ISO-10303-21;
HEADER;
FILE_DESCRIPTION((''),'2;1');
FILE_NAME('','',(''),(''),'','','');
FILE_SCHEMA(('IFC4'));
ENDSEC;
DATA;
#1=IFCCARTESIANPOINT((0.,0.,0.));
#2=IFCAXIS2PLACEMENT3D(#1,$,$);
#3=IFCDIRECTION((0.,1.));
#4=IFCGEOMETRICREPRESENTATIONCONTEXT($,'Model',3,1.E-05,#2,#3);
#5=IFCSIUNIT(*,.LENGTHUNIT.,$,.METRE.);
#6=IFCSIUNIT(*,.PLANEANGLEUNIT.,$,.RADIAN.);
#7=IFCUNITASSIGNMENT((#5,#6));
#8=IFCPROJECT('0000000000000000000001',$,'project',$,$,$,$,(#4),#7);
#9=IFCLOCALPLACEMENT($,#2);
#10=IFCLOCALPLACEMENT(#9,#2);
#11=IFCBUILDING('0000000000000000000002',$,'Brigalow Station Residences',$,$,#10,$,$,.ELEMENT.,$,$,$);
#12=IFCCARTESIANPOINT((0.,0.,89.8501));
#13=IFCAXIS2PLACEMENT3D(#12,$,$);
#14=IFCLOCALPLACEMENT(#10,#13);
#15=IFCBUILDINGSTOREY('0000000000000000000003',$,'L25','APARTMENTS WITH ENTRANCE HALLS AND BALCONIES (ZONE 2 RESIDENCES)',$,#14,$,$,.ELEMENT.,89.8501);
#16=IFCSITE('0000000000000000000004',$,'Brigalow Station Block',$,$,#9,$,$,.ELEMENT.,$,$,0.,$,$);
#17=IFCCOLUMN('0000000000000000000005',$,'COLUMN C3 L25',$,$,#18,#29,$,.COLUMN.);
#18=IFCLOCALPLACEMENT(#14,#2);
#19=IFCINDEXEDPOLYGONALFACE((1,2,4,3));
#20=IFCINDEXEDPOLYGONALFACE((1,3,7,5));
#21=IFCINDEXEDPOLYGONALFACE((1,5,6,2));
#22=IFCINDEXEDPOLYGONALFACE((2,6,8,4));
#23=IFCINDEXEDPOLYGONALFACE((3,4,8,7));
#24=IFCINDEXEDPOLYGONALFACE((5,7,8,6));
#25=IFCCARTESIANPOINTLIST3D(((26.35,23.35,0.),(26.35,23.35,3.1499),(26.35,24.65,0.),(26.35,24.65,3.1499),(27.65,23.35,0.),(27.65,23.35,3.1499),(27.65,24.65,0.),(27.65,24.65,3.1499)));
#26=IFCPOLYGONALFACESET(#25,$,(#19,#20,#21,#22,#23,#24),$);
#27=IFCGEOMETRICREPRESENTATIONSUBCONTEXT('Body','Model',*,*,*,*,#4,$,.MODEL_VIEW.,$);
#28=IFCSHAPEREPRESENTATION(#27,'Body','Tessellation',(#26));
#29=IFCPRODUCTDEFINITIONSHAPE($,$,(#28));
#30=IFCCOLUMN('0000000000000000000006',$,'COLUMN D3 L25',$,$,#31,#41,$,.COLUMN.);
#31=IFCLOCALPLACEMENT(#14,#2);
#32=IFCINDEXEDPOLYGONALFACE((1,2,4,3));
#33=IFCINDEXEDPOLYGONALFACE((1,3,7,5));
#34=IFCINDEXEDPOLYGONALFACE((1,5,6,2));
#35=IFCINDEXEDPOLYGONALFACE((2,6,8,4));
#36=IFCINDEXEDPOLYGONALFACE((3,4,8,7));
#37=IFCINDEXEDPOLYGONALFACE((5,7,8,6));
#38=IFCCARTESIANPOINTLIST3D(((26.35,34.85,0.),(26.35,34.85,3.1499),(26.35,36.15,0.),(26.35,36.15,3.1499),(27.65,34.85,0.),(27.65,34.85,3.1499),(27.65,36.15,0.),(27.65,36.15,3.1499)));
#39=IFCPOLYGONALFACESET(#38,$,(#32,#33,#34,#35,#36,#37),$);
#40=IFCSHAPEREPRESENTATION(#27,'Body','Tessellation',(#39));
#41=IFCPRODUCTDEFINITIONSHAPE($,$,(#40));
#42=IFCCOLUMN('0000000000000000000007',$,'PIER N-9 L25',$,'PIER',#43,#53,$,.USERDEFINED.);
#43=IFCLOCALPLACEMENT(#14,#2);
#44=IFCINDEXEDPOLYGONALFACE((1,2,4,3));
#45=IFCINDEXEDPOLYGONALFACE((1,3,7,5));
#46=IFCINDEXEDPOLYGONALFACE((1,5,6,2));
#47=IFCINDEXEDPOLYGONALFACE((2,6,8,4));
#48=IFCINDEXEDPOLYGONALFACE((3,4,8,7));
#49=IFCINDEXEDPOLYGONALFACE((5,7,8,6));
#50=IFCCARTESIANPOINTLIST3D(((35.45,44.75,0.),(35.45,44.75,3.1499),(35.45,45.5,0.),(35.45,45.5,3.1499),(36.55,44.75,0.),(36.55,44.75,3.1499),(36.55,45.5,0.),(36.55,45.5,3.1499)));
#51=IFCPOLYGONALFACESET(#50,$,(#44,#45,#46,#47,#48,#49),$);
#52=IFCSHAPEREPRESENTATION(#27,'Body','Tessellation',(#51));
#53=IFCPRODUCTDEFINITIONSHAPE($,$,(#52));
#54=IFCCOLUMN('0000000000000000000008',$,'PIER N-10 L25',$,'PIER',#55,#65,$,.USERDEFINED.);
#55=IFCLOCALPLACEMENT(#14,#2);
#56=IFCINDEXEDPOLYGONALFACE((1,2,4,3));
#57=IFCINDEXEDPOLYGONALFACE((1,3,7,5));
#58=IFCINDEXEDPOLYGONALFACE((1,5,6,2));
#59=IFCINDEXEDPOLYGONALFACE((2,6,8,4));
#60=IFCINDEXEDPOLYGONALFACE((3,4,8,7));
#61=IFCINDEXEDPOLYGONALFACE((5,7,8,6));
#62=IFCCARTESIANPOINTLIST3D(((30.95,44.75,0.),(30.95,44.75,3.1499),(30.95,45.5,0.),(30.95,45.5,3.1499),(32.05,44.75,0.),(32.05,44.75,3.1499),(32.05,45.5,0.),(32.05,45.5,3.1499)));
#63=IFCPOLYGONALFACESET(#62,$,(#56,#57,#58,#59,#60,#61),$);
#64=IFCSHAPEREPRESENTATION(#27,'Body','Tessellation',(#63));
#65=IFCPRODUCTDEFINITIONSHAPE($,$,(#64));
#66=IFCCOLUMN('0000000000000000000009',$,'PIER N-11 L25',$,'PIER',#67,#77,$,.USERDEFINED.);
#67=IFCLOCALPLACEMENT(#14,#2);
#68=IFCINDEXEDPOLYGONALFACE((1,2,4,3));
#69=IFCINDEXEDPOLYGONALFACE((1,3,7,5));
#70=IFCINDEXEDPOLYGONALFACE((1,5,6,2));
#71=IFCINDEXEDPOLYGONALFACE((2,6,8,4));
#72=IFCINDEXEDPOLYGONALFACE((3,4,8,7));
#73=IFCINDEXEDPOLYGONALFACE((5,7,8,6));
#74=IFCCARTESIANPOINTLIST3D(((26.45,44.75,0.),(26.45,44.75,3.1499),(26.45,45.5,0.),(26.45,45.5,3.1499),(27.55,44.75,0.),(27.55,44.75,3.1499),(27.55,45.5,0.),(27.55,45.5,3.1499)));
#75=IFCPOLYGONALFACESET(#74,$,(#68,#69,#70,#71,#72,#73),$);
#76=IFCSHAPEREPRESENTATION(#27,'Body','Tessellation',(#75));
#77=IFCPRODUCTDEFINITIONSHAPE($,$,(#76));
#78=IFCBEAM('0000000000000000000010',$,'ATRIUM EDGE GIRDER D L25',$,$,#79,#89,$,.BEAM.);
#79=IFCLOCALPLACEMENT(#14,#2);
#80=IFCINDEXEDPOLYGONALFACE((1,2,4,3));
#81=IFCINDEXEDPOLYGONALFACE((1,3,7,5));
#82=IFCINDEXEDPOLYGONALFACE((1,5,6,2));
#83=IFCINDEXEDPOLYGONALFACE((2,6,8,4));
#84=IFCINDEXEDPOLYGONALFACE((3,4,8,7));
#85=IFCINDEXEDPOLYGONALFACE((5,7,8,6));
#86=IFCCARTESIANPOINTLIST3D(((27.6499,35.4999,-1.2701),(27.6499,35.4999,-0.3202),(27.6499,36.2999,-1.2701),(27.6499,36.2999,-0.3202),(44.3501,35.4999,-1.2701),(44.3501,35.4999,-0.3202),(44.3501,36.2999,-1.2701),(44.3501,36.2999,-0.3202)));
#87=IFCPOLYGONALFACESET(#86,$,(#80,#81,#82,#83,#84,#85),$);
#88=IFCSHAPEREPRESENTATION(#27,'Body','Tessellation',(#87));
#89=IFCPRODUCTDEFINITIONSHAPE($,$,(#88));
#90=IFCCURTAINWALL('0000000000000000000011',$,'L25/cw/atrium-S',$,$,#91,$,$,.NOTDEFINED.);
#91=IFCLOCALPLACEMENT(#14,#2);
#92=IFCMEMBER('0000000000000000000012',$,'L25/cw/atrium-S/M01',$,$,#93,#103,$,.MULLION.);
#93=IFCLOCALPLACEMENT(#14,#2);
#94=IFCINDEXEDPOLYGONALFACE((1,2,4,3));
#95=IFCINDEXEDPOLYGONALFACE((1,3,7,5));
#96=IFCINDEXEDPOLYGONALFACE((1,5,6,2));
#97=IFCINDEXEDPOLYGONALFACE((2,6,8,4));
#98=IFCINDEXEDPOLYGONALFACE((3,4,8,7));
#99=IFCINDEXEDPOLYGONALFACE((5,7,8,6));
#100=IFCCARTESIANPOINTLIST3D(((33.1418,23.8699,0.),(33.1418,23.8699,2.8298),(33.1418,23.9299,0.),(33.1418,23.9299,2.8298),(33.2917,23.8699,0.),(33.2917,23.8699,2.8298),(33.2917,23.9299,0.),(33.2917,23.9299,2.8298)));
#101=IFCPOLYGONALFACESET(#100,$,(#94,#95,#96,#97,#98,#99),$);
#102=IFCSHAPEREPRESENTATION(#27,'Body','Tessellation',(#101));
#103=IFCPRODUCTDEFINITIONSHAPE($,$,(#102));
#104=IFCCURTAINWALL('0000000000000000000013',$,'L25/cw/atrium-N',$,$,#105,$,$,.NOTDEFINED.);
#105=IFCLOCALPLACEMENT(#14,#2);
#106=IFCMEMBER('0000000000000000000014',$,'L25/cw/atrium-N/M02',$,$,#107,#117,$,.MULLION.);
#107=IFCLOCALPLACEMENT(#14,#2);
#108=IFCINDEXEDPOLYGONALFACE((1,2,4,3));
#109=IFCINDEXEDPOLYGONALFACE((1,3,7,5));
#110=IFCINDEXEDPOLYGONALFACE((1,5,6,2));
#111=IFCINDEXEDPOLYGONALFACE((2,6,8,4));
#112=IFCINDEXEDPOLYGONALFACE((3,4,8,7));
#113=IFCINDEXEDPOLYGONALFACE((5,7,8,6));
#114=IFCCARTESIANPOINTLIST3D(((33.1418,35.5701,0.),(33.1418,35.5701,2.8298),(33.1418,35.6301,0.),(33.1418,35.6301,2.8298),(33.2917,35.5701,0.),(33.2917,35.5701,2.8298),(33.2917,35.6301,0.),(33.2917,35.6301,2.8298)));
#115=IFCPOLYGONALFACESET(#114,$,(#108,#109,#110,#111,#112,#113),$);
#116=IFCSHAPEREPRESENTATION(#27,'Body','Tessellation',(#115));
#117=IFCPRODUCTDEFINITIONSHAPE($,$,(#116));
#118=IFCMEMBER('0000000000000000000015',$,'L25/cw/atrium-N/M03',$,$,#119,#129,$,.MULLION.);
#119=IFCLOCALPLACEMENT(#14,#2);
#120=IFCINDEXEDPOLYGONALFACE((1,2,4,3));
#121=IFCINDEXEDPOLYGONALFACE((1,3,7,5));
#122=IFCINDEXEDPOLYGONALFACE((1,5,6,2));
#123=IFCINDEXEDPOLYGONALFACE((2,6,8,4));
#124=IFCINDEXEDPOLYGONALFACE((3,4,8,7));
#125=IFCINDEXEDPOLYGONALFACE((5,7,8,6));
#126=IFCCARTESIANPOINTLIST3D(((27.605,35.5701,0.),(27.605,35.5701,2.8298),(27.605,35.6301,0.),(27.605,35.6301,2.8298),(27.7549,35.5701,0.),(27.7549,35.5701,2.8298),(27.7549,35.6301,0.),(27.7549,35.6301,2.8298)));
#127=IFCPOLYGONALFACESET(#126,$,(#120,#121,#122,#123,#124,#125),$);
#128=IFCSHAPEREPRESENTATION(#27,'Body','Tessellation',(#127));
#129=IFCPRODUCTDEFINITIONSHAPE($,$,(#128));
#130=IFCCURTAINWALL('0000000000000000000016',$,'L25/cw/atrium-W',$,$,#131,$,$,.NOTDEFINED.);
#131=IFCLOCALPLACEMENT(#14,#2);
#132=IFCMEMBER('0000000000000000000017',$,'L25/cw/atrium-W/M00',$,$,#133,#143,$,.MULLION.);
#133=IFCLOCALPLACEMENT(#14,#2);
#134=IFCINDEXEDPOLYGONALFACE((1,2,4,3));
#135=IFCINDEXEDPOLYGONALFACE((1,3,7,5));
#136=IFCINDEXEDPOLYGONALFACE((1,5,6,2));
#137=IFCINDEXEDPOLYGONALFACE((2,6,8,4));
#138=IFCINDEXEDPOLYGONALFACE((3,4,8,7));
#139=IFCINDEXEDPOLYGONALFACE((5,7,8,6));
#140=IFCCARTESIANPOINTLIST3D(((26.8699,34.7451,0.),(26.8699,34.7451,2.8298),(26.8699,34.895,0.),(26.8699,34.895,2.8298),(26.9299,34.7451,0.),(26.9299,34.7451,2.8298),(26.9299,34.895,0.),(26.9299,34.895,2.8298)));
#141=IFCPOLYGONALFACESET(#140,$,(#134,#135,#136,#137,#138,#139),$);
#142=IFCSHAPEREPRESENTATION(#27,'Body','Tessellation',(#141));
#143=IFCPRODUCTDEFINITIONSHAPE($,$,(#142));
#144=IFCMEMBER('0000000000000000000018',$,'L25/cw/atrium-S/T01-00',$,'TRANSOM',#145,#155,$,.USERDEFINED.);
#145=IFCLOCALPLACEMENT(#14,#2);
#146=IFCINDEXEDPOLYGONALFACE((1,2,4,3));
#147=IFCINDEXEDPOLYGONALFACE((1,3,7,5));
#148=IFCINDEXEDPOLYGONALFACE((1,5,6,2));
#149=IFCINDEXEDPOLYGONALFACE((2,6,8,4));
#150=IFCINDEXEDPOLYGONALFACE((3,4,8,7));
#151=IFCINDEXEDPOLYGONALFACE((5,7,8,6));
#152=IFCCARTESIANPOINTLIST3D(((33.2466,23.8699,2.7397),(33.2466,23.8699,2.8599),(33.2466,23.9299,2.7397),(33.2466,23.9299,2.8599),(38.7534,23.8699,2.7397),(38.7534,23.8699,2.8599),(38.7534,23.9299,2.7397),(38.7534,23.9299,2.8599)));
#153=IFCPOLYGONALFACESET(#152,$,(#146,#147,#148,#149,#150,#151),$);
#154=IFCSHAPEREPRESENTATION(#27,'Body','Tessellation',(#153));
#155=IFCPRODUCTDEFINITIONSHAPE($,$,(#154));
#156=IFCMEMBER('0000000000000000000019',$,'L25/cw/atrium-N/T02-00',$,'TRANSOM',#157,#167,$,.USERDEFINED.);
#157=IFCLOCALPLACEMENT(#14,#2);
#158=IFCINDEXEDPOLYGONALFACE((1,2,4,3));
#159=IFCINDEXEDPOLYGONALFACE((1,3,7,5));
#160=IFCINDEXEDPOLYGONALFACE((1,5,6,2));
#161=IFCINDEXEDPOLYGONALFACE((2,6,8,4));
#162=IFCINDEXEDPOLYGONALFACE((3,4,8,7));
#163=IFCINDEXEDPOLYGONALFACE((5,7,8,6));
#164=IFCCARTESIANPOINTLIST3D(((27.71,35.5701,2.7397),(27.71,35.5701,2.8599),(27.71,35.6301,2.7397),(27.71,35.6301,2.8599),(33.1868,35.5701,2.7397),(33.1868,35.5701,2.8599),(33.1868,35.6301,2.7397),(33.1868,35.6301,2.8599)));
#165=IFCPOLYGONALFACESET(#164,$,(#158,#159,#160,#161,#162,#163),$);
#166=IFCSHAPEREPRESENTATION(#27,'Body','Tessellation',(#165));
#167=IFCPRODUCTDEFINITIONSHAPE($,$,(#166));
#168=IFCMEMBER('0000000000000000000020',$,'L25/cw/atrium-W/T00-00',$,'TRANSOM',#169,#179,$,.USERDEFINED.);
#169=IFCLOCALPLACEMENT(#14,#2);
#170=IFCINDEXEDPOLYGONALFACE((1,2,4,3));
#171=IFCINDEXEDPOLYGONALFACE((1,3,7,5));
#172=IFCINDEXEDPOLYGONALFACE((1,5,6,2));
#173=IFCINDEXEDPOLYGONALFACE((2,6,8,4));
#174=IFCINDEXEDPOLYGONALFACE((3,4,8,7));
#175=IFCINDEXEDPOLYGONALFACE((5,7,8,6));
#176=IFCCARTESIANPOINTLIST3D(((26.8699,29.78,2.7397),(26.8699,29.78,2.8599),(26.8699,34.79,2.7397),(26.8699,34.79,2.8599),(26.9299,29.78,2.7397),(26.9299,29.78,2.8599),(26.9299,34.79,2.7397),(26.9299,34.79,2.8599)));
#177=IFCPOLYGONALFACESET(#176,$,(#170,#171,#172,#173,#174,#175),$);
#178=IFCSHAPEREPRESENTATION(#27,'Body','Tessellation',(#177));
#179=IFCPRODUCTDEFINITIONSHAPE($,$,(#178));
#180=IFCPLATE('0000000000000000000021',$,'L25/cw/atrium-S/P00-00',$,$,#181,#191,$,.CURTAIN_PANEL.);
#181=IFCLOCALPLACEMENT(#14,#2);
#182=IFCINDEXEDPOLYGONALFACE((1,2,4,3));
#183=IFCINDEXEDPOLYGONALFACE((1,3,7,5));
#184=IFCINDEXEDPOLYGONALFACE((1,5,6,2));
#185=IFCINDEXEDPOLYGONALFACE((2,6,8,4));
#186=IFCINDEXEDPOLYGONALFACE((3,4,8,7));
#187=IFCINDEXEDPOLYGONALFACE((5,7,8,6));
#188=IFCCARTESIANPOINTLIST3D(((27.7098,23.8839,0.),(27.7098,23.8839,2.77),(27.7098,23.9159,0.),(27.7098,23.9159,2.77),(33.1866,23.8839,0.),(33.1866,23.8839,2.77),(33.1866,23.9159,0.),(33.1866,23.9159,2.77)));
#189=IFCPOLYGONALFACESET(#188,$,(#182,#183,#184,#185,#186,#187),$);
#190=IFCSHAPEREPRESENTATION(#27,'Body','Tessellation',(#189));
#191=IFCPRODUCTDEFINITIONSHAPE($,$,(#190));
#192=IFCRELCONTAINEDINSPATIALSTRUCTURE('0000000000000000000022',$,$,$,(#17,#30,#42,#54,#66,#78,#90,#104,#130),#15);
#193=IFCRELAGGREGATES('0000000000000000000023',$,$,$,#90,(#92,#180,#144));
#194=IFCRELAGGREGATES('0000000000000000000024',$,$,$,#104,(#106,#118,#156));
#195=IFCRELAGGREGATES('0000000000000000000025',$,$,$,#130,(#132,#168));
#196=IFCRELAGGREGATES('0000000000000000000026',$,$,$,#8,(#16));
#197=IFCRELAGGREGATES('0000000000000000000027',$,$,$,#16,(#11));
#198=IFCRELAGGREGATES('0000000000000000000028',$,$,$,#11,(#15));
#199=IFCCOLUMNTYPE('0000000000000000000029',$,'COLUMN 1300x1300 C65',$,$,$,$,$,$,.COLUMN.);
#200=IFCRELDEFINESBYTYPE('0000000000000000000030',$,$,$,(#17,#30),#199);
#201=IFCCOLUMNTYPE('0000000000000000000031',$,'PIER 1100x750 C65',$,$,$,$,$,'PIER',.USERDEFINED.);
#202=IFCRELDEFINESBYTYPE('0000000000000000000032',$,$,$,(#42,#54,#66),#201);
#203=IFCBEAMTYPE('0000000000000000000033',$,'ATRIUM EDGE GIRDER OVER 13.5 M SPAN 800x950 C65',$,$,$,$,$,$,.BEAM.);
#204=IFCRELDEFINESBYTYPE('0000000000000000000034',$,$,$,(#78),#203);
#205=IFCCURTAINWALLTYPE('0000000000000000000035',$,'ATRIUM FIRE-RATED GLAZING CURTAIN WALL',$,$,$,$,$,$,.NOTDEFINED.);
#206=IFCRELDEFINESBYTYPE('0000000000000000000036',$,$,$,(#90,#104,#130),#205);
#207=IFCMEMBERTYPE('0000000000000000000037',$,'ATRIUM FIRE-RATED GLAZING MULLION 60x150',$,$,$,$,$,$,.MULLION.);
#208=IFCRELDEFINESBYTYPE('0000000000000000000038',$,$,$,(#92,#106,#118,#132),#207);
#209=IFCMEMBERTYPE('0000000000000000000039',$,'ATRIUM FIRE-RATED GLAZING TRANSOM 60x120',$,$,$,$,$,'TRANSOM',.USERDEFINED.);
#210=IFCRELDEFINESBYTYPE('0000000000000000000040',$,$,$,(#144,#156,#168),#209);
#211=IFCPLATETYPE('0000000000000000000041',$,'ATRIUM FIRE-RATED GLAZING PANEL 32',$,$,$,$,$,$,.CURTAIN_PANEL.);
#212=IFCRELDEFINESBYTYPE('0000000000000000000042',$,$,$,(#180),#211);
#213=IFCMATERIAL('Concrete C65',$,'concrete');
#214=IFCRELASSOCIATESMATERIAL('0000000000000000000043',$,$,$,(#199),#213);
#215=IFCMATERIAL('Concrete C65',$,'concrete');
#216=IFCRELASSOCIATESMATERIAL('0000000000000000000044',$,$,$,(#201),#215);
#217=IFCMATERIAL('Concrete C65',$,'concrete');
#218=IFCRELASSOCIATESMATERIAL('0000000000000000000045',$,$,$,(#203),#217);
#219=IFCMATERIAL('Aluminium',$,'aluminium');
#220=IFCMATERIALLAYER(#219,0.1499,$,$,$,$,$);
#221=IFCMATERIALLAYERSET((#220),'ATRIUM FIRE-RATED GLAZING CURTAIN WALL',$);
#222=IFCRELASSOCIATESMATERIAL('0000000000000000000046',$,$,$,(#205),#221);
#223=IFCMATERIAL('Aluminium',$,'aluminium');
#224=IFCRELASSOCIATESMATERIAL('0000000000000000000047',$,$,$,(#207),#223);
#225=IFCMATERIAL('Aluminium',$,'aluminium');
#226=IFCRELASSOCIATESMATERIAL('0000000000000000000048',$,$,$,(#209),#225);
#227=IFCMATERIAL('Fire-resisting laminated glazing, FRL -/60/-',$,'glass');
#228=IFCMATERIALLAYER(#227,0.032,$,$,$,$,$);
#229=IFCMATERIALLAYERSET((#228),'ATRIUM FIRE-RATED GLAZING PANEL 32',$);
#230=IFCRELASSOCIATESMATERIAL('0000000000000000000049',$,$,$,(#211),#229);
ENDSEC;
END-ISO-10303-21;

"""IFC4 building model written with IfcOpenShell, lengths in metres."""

from ifc_helpers import new_model, si_unit, direction, frame, origin, origin_2d, place, context, subcontext, project, spatial, rectangle, extrude, material, layer, layer_set, material_profile, profile_set, type_object, element, aggregate, save


model = new_model("IFC4")

# Units and contexts
model_context = context("Model", 3, precision=1e-05, world=origin(), true_north=direction((0.0, 1.0)))
body_context = subcontext(model_context, "Body", "Model", "MODEL_VIEW")
ifc_project = project(units=[si_unit("LENGTHUNIT", "METRE"), si_unit("PLANEANGLEUNIT", "RADIAN")], contexts=[model_context])

# Site, building, storey
site_placement = place(None, origin())
site = spatial("IfcSite", under=ifc_project, at=site_placement, Name="Brigalow Station Block", CompositionType="ELEMENT", RefElevation=0.0)
building_placement = place(site_placement, origin())
building = spatial("IfcBuilding", under=site, at=building_placement, Name="Brigalow Station Residences", CompositionType="ELEMENT")
storey_placement = place(building_placement, frame((0.0, 0.0, 89.8501)))
storey = spatial("IfcBuildingStorey", under=building, at=storey_placement, Name="L25", Description="APARTMENTS WITH ENTRANCE HALLS AND BALCONIES (ZONE 2 RESIDENCES)", CompositionType="ELEMENT", Elevation=89.8501)

# Columns
ifc_material_1 = material(Name="Concrete C65", Category="concrete")
ifc_material_profile_1 = material_profile(ifc_material_1, rectangle(XDim=1.3, YDim=1.3, at=origin_2d()), Name="RC1300x1300")
ifc_profile_set_1 = profile_set([ifc_material_profile_1], Name="Concrete C65")
column_type_1 = type_object("IfcColumnType", Name="COLUMN 1300x1300 C65", PredefinedType="COLUMN", material=ifc_profile_set_1)
for number, where, z_axis, x_axis, name in (
    (1, (27.0, 24.0, 0.0), (0.0, 0.0, 1.0), (1.0, 0.0, 0.0), "COLUMN C3 L25"),
    (2, (27.0, 35.5, 0.0), (0.0, 0.0, 1.0), (1.0, 0.0, 0.0), "COLUMN D3 L25"),
):
    element("IfcColumn", number, at=place(storey_placement, frame(where, z_axis=z_axis, x_axis=x_axis)), inside=storey, type_object=column_type_1, Name=name, PredefinedType="COLUMN", context=body_context, shape_type="SweptSolid", body=[
        extrude(rectangle(XDim=1.3, YDim=1.3, at=origin_2d()), origin(), (0.0, 0.0, 1.0), 3.1499),
    ])
ifc_material_2 = material(Name="Concrete C65", Category="concrete")
ifc_material_profile_2 = material_profile(ifc_material_2, rectangle(XDim=1.1001, YDim=0.75, at=origin_2d()), Name="RC1100x750")
ifc_profile_set_2 = profile_set([ifc_material_profile_2], Name="Concrete C65")
column_type_2 = type_object("IfcColumnType", Name="PIER 1100x750 C65", ElementType="PIER", PredefinedType="USERDEFINED", material=ifc_profile_set_2)
for number, where, z_axis, x_axis, name in (
    (3, (36.0, 45.125, 0.0), (0.0, 0.0, 1.0), (-1.0, 0.0, 0.0), "PIER N-9 L25"),
    (4, (31.5, 45.125, 0.0), (0.0, 0.0, 1.0), (-1.0, 0.0, 0.0), "PIER N-10 L25"),
    (5, (27.0, 45.125, 0.0), (0.0, 0.0, 1.0), (-1.0, 0.0, 0.0), "PIER N-11 L25"),
):
    element("IfcColumn", number, at=place(storey_placement, frame(where, z_axis=z_axis, x_axis=x_axis)), inside=storey, type_object=column_type_2, Name=name, ObjectType="PIER", PredefinedType="USERDEFINED", context=body_context, shape_type="SweptSolid", body=[
        extrude(rectangle(XDim=1.1001, YDim=0.75, at=origin_2d()), origin(), (0.0, 0.0, 1.0), 3.1499),
    ])

# Beam
ifc_material_3 = material(Name="Concrete C65", Category="concrete")
ifc_material_profile_3 = material_profile(ifc_material_3, rectangle(XDim=0.8, YDim=0.95, at=origin_2d()), Name="RC800x950")
ifc_profile_set_3 = profile_set([ifc_material_profile_3], Name="Concrete C65")
beam_type = type_object("IfcBeamType", Name="ATRIUM EDGE GIRDER OVER 13.5 M SPAN 800x950 C65", PredefinedType="BEAM", material=ifc_profile_set_3)
beam_placement = place(storey_placement, frame((27.6499, 35.8999, -0.7952), z_axis=(1.0, 0.0, 0.0), x_axis=(0.0, 1.0, 0.0)))
element("IfcBeam", 6, at=beam_placement, inside=storey, type_object=beam_type, Name="ATRIUM EDGE GIRDER D L25", PredefinedType="BEAM", context=body_context, shape_type="SweptSolid", body=[
    extrude(rectangle(XDim=0.8, YDim=0.95, at=origin_2d()), origin(), (0.0, 0.0, 1.0), 16.7002),
])

# Curtain wall, member
ifc_material_4 = material(Name="Aluminium", Category="aluminium")
ifc_layer_1 = layer(ifc_material_4, 0.1499)
ifc_layer_set_1 = layer_set([ifc_layer_1], Name="ATRIUM FIRE-RATED GLAZING CURTAIN WALL")
curtain_wall_type = type_object("IfcCurtainWallType", Name="ATRIUM FIRE-RATED GLAZING CURTAIN WALL", PredefinedType="NOTDEFINED", material=ifc_layer_set_1)
curtain_wall_1_placement = place(storey_placement, origin())
curtain_wall_1 = element("IfcCurtainWall", 7, at=curtain_wall_1_placement, inside=storey, type_object=curtain_wall_type, Name="L25/cw/atrium-S", PredefinedType="NOTDEFINED")
ifc_material_5 = material(Name="Aluminium", Category="aluminium")
ifc_material_profile_4 = material_profile(ifc_material_5, rectangle(XDim=0.0601, YDim=0.1499, at=origin_2d()), Name="ATRIUM FIRE-RATED GLAZING MULLION 60x150")
ifc_profile_set_4 = profile_set([ifc_material_profile_4], Name="Aluminium")
member_type_1 = type_object("IfcMemberType", Name="ATRIUM FIRE-RATED GLAZING MULLION 60x150", PredefinedType="MULLION", material=ifc_profile_set_4)
member_1_placement = place(storey_placement, frame((33.2168, 23.8999, 0.0), z_axis=(0.0, 0.0, 1.0), x_axis=(0.0, 1.0, 0.0)))
member_1 = element("IfcMember", 8, at=member_1_placement, type_object=member_type_1, Name="L25/cw/atrium-S/M01", PredefinedType="MULLION", context=body_context, shape_type="SweptSolid", body=[
    extrude(rectangle(XDim=0.0601, YDim=0.1499, at=origin_2d()), origin(), (0.0, 0.0, 1.0), 2.8298),
])

# Curtain wall, members
curtain_wall_2_placement = place(storey_placement, origin())
curtain_wall_2 = element("IfcCurtainWall", 9, at=curtain_wall_2_placement, inside=storey, type_object=curtain_wall_type, Name="L25/cw/atrium-N", PredefinedType="NOTDEFINED")
member_2_placement = place(storey_placement, frame((33.2168, 35.6001, 0.0), z_axis=(0.0, 0.0, 1.0), x_axis=(0.0, -1.0, 0.0)))
member_2 = element("IfcMember", 10, at=member_2_placement, type_object=member_type_1, Name="L25/cw/atrium-N/M02", PredefinedType="MULLION", context=body_context, shape_type="SweptSolid", body=[
    extrude(rectangle(XDim=0.0601, YDim=0.1499, at=origin_2d()), origin(), (0.0, 0.0, 1.0), 2.8298),
])
member_3_placement = place(storey_placement, frame((27.6799, 35.6001, 0.0), z_axis=(0.0, 0.0, 1.0), x_axis=(0.0, -1.0, 0.0)))
member_3 = element("IfcMember", 11, at=member_3_placement, type_object=member_type_1, Name="L25/cw/atrium-N/M03", PredefinedType="MULLION", context=body_context, shape_type="SweptSolid", body=[
    extrude(rectangle(XDim=0.0601, YDim=0.1499, at=origin_2d()), origin(), (0.0, 0.0, 1.0), 2.8298),
])

# Curtain wall, member
curtain_wall_3_placement = place(storey_placement, origin())
curtain_wall_3 = element("IfcCurtainWall", 12, at=curtain_wall_3_placement, inside=storey, type_object=curtain_wall_type, Name="L25/cw/atrium-W", PredefinedType="NOTDEFINED")
member_4_placement = place(storey_placement, frame((26.8999, 34.8201, 0.0), z_axis=(0.0, 0.0, 1.0), x_axis=(1.0, 0.0, 0.0)))
member_4 = element("IfcMember", 13, at=member_4_placement, type_object=member_type_1, Name="L25/cw/atrium-W/M00", PredefinedType="MULLION", context=body_context, shape_type="SweptSolid", body=[
    extrude(rectangle(XDim=0.0601, YDim=0.1499, at=origin_2d()), origin(), (0.0, 0.0, 1.0), 2.8298),
])

# Members
ifc_material_6 = material(Name="Aluminium", Category="aluminium")
ifc_material_profile_5 = material_profile(ifc_material_6, rectangle(XDim=0.0601, YDim=0.1201, at=origin_2d()), Name="ATRIUM FIRE-RATED GLAZING TRANSOM 60x120")
ifc_profile_set_5 = profile_set([ifc_material_profile_5], Name="Aluminium")
member_type_2 = type_object("IfcMemberType", Name="ATRIUM FIRE-RATED GLAZING TRANSOM 60x120", ElementType="TRANSOM", PredefinedType="USERDEFINED", material=ifc_profile_set_5)
member_5_placement = place(storey_placement, frame((33.2466, 23.8999, 2.7998), z_axis=(1.0, 0.0, 0.0), x_axis=(0.0, 1.0, 0.0)))
member_5 = element("IfcMember", 14, at=member_5_placement, type_object=member_type_2, Name="L25/cw/atrium-S/T01-00", ObjectType="TRANSOM", PredefinedType="USERDEFINED", context=body_context, shape_type="SweptSolid", body=[
    extrude(rectangle(XDim=0.0601, YDim=0.1201, at=origin_2d()), origin(), (0.0, 0.0, 1.0), 5.5068),
])
member_6_placement = place(storey_placement, frame((33.1868, 35.6001, 2.7998), z_axis=(-1.0, 0.0, 0.0), x_axis=(0.0, -1.0, 0.0)))
member_6 = element("IfcMember", 15, at=member_6_placement, type_object=member_type_2, Name="L25/cw/atrium-N/T02-00", ObjectType="TRANSOM", PredefinedType="USERDEFINED", context=body_context, shape_type="SweptSolid", body=[
    extrude(rectangle(XDim=0.0601, YDim=0.1201, at=origin_2d()), origin(), (0.0, 0.0, 1.0), 5.4768),
])
member_7_placement = place(storey_placement, frame((26.8999, 34.79, 2.7998), z_axis=(0.0, -1.0, 0.0), x_axis=(1.0, 0.0, 0.0)))
member_7 = element("IfcMember", 16, at=member_7_placement, type_object=member_type_2, Name="L25/cw/atrium-W/T00-00", ObjectType="TRANSOM", PredefinedType="USERDEFINED", context=body_context, shape_type="SweptSolid", body=[
    extrude(rectangle(XDim=0.0601, YDim=0.1201, at=origin_2d()), origin(), (0.0, 0.0, 1.0), 5.01),
])

# Plate
ifc_material_7 = material(Name="Fire-resisting laminated glazing, FRL -/60/-", Category="glass")
ifc_layer_2 = layer(ifc_material_7, 0.032)
ifc_layer_set_2 = layer_set([ifc_layer_2], Name="ATRIUM FIRE-RATED GLAZING PANEL 32")
plate_type = type_object("IfcPlateType", Name="ATRIUM FIRE-RATED GLAZING PANEL 32", PredefinedType="CURTAIN_PANEL", material=ifc_layer_set_2)
plate_1_placement = place(storey_placement, frame((30.4482, 23.8999, 0.0), z_axis=(0.0, 0.0, 1.0), x_axis=(1.0, 0.0, 0.0)))
plate_1 = element("IfcPlate", 17, at=plate_1_placement, type_object=plate_type, Name="L25/cw/atrium-S/P00-00", PredefinedType="CURTAIN_PANEL", context=body_context, shape_type="SweptSolid", body=[
    extrude(rectangle(XDim=5.4768, YDim=0.032, at=origin_2d()), origin(), (0.0, 0.0, 1.0), 2.77),
])
aggregate(curtain_wall_1, [member_1, plate_1, member_5])
aggregate(curtain_wall_2, [member_2, member_3, member_6])
aggregate(curtain_wall_3, [member_4, member_7])

save(model, "model.ifc")
